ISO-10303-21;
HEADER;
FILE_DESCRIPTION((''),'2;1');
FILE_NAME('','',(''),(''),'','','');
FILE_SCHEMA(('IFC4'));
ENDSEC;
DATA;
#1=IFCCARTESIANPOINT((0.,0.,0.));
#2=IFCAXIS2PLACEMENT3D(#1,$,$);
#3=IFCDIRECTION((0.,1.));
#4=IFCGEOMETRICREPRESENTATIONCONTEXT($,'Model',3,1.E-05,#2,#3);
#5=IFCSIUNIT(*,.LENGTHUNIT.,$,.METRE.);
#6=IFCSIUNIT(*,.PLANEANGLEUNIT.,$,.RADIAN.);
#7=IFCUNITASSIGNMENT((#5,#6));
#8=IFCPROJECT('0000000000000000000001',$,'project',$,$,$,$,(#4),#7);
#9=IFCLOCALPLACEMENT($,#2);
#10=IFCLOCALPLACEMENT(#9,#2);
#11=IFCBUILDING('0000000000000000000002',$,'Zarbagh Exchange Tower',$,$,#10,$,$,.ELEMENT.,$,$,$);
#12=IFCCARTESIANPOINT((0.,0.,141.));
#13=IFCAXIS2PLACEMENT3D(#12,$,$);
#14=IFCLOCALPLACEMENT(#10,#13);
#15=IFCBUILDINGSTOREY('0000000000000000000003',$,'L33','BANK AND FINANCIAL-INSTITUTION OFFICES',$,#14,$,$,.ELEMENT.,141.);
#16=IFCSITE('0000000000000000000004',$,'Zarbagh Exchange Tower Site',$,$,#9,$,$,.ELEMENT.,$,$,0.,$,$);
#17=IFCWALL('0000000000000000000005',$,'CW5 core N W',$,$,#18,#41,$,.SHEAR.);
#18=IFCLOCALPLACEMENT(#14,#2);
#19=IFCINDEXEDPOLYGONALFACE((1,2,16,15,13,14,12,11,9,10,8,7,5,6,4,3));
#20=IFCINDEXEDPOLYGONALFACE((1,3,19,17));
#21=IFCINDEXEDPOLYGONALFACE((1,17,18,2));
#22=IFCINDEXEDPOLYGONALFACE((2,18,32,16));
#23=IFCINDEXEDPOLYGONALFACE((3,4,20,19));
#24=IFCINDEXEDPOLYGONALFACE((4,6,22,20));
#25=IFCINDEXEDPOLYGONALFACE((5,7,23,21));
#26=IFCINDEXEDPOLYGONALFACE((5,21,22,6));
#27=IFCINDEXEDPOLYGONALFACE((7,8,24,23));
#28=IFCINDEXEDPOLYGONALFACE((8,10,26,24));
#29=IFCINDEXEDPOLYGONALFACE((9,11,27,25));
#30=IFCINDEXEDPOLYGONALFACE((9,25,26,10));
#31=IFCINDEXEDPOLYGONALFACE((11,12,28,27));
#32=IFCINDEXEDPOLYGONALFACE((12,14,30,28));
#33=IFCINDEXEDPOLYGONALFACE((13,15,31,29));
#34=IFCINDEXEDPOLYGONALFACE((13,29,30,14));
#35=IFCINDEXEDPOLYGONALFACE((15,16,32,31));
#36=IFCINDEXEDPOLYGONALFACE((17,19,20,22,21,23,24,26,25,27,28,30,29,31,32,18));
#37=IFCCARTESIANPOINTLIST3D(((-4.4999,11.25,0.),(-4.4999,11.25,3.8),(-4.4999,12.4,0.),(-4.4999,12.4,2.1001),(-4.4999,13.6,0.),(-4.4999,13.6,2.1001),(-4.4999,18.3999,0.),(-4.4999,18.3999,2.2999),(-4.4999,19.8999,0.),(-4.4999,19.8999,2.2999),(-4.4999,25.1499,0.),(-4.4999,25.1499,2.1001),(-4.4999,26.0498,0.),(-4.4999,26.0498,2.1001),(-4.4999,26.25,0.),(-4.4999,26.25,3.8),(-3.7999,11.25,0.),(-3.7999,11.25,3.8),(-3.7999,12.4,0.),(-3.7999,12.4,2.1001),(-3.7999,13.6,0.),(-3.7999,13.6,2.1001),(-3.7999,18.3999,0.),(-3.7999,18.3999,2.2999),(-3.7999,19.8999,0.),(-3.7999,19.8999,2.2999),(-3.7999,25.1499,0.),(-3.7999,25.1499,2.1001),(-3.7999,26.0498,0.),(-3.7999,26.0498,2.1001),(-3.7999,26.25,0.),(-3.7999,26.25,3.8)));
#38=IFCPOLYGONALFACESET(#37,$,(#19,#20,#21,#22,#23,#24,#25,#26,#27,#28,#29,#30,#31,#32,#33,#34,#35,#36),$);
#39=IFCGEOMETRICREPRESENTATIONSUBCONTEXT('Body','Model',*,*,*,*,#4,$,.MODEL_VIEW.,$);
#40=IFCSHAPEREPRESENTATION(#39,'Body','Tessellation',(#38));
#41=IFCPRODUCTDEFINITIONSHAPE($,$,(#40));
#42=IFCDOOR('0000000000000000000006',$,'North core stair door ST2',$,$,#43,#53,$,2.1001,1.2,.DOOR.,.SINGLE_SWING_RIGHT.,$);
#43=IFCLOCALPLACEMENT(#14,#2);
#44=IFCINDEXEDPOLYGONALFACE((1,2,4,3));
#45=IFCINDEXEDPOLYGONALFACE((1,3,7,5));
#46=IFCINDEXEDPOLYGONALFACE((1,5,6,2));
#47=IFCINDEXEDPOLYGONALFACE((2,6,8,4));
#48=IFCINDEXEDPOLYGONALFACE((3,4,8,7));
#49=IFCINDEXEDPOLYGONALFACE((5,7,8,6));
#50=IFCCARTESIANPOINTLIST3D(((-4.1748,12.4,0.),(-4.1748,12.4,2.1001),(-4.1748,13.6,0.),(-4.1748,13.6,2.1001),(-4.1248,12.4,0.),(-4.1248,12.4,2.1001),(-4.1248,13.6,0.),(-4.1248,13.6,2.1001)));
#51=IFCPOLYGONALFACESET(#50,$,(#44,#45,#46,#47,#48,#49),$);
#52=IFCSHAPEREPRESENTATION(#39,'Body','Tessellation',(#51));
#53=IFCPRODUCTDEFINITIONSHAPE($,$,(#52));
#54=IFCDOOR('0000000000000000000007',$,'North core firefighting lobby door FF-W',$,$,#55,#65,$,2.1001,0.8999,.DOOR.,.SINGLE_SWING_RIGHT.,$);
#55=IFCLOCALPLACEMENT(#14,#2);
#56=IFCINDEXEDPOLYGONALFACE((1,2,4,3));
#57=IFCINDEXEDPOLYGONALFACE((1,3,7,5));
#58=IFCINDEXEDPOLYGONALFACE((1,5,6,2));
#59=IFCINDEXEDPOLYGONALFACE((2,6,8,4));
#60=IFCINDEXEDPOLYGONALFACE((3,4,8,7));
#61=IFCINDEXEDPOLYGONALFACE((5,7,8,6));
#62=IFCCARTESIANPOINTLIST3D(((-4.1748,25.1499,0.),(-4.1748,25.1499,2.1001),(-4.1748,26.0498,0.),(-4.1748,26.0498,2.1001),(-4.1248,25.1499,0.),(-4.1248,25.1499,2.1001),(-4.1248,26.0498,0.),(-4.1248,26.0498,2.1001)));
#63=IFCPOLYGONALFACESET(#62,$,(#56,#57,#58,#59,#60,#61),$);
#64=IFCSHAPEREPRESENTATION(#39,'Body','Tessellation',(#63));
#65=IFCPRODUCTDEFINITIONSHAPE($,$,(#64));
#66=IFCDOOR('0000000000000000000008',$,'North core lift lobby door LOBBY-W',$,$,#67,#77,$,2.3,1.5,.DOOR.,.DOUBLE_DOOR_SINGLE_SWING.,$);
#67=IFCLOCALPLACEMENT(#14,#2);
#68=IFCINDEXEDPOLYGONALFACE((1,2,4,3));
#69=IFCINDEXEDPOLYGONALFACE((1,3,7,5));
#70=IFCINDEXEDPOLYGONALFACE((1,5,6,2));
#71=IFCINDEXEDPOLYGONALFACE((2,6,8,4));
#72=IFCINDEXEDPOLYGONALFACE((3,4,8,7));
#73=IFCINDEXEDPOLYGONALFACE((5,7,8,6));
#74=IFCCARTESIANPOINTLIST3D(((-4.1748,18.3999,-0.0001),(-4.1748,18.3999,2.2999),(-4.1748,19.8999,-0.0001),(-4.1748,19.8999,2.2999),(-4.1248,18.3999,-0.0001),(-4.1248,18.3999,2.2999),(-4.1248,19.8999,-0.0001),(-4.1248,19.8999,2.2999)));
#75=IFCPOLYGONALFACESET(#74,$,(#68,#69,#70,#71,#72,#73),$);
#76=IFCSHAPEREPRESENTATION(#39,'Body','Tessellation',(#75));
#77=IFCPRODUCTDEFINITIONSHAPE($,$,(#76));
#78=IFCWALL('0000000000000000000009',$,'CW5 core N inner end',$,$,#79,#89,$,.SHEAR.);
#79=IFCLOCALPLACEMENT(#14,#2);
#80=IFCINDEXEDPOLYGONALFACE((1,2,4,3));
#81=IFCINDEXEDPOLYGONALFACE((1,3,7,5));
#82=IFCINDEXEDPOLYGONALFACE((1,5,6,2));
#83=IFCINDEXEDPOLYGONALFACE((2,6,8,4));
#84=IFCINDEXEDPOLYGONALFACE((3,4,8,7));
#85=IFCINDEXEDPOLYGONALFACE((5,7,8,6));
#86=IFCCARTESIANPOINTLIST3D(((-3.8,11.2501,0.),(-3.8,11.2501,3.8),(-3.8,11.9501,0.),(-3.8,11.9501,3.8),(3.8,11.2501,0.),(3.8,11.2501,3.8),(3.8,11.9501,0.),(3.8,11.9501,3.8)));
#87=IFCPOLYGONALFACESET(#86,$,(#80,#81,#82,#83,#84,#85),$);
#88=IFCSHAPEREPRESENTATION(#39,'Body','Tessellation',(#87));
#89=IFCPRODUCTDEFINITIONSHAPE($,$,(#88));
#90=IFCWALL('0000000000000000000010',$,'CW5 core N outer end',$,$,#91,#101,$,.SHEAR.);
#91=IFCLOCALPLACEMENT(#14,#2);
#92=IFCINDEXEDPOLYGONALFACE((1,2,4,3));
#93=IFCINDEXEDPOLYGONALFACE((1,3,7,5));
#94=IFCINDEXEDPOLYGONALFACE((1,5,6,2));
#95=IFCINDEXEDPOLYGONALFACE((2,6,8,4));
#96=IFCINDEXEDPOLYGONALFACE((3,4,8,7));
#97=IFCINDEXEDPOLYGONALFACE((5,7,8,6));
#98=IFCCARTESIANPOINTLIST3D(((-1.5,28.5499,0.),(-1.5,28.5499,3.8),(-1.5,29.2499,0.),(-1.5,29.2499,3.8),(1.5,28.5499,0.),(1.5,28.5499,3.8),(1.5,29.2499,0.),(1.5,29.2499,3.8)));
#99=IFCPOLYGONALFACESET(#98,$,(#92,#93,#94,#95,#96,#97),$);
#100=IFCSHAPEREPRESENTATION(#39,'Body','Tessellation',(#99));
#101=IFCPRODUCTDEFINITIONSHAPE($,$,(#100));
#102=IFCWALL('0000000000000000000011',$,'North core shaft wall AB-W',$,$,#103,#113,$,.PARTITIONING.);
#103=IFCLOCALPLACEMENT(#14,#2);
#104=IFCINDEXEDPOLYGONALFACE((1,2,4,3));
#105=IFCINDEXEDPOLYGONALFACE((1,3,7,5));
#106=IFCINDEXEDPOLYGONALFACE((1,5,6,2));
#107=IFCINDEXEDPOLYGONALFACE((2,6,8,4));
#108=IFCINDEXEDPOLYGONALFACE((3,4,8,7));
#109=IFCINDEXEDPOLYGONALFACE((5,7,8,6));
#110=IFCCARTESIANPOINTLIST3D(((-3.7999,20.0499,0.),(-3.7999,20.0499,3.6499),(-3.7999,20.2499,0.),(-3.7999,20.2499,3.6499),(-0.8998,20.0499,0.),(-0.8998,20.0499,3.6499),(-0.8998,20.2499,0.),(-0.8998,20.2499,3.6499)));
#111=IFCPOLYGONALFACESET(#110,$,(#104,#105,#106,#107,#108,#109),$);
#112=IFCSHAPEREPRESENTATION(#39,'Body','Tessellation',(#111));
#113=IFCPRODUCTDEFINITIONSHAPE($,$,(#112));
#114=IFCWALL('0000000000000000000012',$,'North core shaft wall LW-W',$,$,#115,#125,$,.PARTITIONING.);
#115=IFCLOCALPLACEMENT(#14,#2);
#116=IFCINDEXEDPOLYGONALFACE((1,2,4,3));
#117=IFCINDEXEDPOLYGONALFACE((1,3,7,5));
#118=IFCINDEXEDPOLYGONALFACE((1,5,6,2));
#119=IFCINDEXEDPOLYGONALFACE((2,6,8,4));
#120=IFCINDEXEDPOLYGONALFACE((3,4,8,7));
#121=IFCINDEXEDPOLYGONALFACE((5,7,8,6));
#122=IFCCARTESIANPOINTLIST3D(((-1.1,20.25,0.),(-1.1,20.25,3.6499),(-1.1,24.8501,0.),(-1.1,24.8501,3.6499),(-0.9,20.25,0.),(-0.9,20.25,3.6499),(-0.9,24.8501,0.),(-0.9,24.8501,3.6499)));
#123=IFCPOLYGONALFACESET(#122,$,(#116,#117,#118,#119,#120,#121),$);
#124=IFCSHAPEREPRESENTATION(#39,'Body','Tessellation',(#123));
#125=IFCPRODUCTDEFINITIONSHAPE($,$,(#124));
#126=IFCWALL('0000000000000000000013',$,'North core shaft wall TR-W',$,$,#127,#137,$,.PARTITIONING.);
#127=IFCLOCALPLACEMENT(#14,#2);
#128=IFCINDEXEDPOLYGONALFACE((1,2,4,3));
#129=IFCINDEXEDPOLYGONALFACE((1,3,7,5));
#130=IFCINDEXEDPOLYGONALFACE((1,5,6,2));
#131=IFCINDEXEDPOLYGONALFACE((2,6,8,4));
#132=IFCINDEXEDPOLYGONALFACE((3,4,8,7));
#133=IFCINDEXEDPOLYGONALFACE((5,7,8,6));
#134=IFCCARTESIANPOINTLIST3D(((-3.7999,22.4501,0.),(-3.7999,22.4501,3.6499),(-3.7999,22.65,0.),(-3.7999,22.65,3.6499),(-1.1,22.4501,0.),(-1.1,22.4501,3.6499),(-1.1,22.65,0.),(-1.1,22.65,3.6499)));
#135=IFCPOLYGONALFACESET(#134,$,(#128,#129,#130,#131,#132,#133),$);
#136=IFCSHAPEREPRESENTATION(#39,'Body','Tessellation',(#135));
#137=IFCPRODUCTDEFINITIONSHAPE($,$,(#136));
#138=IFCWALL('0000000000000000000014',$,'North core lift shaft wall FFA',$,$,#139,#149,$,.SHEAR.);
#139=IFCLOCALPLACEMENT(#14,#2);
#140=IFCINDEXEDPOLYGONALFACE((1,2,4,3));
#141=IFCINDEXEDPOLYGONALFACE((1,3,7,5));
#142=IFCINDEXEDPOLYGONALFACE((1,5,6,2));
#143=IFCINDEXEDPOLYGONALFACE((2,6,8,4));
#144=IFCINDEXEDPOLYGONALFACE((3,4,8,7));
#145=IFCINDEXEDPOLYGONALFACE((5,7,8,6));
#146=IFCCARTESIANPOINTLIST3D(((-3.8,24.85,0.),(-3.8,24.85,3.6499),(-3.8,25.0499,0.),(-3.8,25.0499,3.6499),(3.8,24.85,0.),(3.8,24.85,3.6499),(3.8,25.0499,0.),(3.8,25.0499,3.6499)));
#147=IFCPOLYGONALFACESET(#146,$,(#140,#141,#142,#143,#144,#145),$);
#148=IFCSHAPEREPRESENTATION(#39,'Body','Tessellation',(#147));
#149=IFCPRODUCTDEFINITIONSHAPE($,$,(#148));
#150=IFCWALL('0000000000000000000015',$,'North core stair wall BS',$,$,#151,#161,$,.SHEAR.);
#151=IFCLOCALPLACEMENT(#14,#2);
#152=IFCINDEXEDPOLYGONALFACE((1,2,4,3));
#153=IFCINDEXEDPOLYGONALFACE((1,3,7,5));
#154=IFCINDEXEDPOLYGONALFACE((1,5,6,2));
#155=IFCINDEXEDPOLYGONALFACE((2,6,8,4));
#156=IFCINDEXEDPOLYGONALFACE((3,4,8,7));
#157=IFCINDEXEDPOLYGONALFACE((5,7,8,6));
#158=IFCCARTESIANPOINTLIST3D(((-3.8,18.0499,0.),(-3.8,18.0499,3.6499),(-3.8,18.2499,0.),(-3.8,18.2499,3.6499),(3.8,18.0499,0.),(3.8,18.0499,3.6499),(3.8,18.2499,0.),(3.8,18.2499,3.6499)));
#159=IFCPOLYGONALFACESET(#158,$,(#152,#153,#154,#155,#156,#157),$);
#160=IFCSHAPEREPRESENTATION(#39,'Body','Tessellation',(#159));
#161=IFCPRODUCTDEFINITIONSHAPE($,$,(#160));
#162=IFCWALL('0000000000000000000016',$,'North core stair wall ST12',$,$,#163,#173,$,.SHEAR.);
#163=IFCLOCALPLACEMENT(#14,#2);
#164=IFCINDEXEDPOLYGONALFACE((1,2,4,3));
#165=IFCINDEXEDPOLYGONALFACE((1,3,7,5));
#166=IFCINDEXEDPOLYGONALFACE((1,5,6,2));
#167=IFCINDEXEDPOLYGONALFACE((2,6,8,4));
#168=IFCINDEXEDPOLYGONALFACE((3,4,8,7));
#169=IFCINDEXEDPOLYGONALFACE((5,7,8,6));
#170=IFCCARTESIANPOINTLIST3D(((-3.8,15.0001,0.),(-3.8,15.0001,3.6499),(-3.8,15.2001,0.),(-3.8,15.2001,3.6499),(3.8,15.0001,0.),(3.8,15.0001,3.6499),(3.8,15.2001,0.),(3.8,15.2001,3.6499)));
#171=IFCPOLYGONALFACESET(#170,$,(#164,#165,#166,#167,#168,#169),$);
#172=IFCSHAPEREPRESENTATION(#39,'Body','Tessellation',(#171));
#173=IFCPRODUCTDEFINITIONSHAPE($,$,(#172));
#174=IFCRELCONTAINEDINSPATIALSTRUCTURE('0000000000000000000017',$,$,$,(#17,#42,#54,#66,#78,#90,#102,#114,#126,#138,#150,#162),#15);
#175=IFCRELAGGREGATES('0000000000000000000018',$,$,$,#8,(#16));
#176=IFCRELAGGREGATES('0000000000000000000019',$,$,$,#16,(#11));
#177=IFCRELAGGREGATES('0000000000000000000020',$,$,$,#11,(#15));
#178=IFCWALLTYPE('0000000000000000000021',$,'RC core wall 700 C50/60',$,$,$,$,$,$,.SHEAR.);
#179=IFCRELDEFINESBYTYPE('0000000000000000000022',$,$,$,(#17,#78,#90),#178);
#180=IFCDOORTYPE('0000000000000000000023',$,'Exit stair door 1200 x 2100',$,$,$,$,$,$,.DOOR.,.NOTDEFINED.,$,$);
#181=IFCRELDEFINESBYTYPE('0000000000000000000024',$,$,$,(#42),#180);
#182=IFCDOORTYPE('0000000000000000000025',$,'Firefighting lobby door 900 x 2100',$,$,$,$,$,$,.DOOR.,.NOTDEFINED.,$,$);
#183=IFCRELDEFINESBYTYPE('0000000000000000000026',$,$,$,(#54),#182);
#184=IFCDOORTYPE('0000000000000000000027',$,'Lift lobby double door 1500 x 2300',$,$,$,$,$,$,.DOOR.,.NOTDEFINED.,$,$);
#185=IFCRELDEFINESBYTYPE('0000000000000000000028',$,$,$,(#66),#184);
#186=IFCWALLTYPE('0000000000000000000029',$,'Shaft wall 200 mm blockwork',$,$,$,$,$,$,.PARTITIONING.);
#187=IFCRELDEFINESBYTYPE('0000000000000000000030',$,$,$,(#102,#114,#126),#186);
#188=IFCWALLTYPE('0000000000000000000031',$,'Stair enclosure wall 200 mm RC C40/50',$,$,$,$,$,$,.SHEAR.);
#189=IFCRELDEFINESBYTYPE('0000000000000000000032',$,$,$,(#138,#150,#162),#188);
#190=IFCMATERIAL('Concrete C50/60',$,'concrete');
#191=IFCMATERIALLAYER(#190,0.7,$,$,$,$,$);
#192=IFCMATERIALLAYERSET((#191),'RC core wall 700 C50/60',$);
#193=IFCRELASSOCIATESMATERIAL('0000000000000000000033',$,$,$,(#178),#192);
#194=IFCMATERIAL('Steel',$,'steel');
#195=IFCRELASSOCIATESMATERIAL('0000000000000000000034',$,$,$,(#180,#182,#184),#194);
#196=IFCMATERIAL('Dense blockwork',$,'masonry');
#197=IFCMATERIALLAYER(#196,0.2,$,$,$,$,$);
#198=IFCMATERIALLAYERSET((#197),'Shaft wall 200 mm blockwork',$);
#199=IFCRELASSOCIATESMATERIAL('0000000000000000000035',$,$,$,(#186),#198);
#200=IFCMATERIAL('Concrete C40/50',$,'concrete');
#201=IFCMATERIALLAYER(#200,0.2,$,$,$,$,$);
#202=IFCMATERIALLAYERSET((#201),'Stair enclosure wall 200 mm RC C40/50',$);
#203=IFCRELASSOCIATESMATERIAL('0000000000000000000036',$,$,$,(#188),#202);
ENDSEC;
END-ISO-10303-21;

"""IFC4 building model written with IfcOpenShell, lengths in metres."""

from ifc_helpers import new_model, si_unit, direction, frame, frame_2d, origin, place, context, subcontext, project, spatial, rectangle, extrude, material, layer, layer_set, type_object, element, fill, save


model = new_model("IFC4")

# Units and contexts
model_context = context("Model", 3, precision=1e-05, world=origin(), true_north=direction((0.0, 1.0)))
body_context = subcontext(model_context, "Body", "Model", "MODEL_VIEW")
ifc_project = project(units=[si_unit("LENGTHUNIT", "METRE"), si_unit("PLANEANGLEUNIT", "RADIAN")], contexts=[model_context])

# Site, building, storey
site_placement = place(None, origin())
site = spatial("IfcSite", under=ifc_project, at=site_placement, Name="Zarbagh Exchange Tower Site", CompositionType="ELEMENT", RefElevation=0.0)
building_placement = place(site_placement, origin())
building = spatial("IfcBuilding", under=site, at=building_placement, Name="Zarbagh Exchange Tower", CompositionType="ELEMENT")
storey_placement = place(building_placement, frame((0.0, 0.0, 141.0)))
storey = spatial("IfcBuildingStorey", under=building, at=storey_placement, Name="L33", Description="BANK AND FINANCIAL-INSTITUTION OFFICES", CompositionType="ELEMENT", Elevation=141.0)

# Shared definitions
ifc_material_1 = material(Name="Concrete C50/60", Category="concrete")

# Wall, openings, doors
ifc_layer_1 = layer(ifc_material_1, 0.7)
ifc_layer_set_1 = layer_set([ifc_layer_1], Name="RC core wall 700 C50/60")
wall_type_1 = type_object("IfcWallType", Name="RC core wall 700 C50/60", PredefinedType="SHEAR", material=ifc_layer_set_1)
wall_1_placement = place(storey_placement, frame((-4.1499, 11.25, 0.0), z_axis=(0.0, 0.0, 1.0), x_axis=(0.0, 1.0, 0.0)))
wall_1 = element("IfcWall", 1, at=wall_1_placement, inside=storey, type_object=wall_type_1, Name="CW5 core N W", PredefinedType="SHEAR", context=body_context, shape_type="SweptSolid", body=[
    extrude(rectangle(XDim=15.0, YDim=0.7, at=frame_2d((7.5, 0.0))), origin(), (0.0, 0.0, 1.0), 3.8),
])
opening_1_placement = place(wall_1_placement, frame((7.1499, 0.0, 0.0)))
opening_1 = element("IfcOpeningElement", 2, at=opening_1_placement, cuts=wall_1, PredefinedType="OPENING", context=body_context, shape_type="SweptSolid", body=[
    extrude(rectangle(XDim=1.5, YDim=2.3, at=frame_2d((0.75, 1.1499))), frame((0.0, 0.3599, 0.0), z_axis=(0.0, -1.0, 0.0), x_axis=(1.0, 0.0, 0.0)), (0.0, 0.0, 1.0), 0.72),
])
opening_2_placement = place(wall_1_placement, frame((13.8999, 0.0, 0.0)))
opening_2 = element("IfcOpeningElement", 3, at=opening_2_placement, cuts=wall_1, PredefinedType="OPENING", context=body_context, shape_type="SweptSolid", body=[
    extrude(rectangle(XDim=0.8999, YDim=2.1001, at=frame_2d((0.45, 1.05))), frame((0.0, 0.3599, 0.0), z_axis=(0.0, -1.0, 0.0), x_axis=(1.0, 0.0, 0.0)), (0.0, 0.0, 1.0), 0.72),
])
opening_3_placement = place(wall_1_placement, frame((1.1499, 0.0, 0.0)))
opening_3 = element("IfcOpeningElement", 4, at=opening_3_placement, cuts=wall_1, PredefinedType="OPENING", context=body_context, shape_type="SweptSolid", body=[
    extrude(rectangle(XDim=1.2, YDim=2.1001, at=frame_2d((0.6001, 1.05))), frame((0.0, 0.3599, 0.0), z_axis=(0.0, -1.0, 0.0), x_axis=(1.0, 0.0, 0.0)), (0.0, 0.0, 1.0), 0.72),
])
ifc_material_2 = material(Name="Steel", Category="steel")
door_type_1 = type_object("IfcDoorType", Name="Exit stair door 1200 x 2100", OperationType="NOTDEFINED", PredefinedType="DOOR", material=ifc_material_2)
door_1_placement = place(opening_3_placement, origin())
door_1 = element("IfcDoor", 5, at=door_1_placement, inside=storey, type_object=door_type_1, Name="North core stair door ST2", OperationType="SINGLE_SWING_RIGHT", OverallHeight=2.1001, OverallWidth=1.2, PredefinedType="DOOR", context=body_context, shape_type="SweptSolid", body=[
    extrude(rectangle(XDim=1.2, YDim=2.1001, at=frame_2d((0.6001, 1.05))), frame((0.0, 0.0249, 0.0), z_axis=(0.0, -1.0, 0.0), x_axis=(1.0, 0.0, 0.0)), (0.0, 0.0, 1.0), 0.05),
])
fill(opening_3, door_1)
door_type_2 = type_object("IfcDoorType", Name="Firefighting lobby door 900 x 2100", OperationType="NOTDEFINED", PredefinedType="DOOR", material=ifc_material_2)
door_2_placement = place(opening_2_placement, origin())
door_2 = element("IfcDoor", 6, at=door_2_placement, inside=storey, type_object=door_type_2, Name="North core firefighting lobby door FF-W", OperationType="SINGLE_SWING_RIGHT", OverallHeight=2.1001, OverallWidth=0.8999, PredefinedType="DOOR", context=body_context, shape_type="SweptSolid", body=[
    extrude(rectangle(XDim=0.8999, YDim=2.1001, at=frame_2d((0.45, 1.05))), frame((0.0, 0.0249, 0.0), z_axis=(0.0, -1.0, 0.0), x_axis=(1.0, 0.0, 0.0)), (0.0, 0.0, 1.0), 0.05),
])
fill(opening_2, door_2)
door_type_3 = type_object("IfcDoorType", Name="Lift lobby double door 1500 x 2300", OperationType="NOTDEFINED", PredefinedType="DOOR", material=ifc_material_2)
door_3_placement = place(opening_1_placement, origin())
door_3 = element("IfcDoor", 7, at=door_3_placement, inside=storey, type_object=door_type_3, Name="North core lift lobby door LOBBY-W", OperationType="DOUBLE_DOOR_SINGLE_SWING", OverallHeight=2.3, OverallWidth=1.5, PredefinedType="DOOR", context=body_context, shape_type="SweptSolid", body=[
    extrude(rectangle(XDim=1.5, YDim=2.3, at=frame_2d((0.75, 1.1499))), frame((0.0, 0.0249, 0.0), z_axis=(0.0, -1.0, 0.0), x_axis=(1.0, 0.0, 0.0)), (0.0, 0.0, 1.0), 0.05),
])
fill(opening_1, door_3)

# Walls
wall_2_placement = place(storey_placement, frame((-3.8, 11.6001, 0.0), z_axis=(0.0, 0.0, 1.0), x_axis=(1.0, 0.0, 0.0)))
element("IfcWall", 8, at=wall_2_placement, inside=storey, type_object=wall_type_1, Name="CW5 core N inner end", PredefinedType="SHEAR", context=body_context, shape_type="SweptSolid", body=[
    extrude(rectangle(XDim=7.6001, YDim=0.7, at=frame_2d((3.8, 0.0))), origin(), (0.0, 0.0, 1.0), 3.8),
])
wall_3_placement = place(storey_placement, frame((-1.5, 28.8999, 0.0), z_axis=(0.0, 0.0, 1.0), x_axis=(1.0, 0.0, 0.0)))
element("IfcWall", 9, at=wall_3_placement, inside=storey, type_object=wall_type_1, Name="CW5 core N outer end", PredefinedType="SHEAR", context=body_context, shape_type="SweptSolid", body=[
    extrude(rectangle(XDim=3.0, YDim=0.7, at=frame_2d((1.5, 0.0))), origin(), (0.0, 0.0, 1.0), 3.8),
])
ifc_material_3 = material(Name="Dense blockwork", Category="masonry")
ifc_layer_2 = layer(ifc_material_3, 0.2)
ifc_layer_set_2 = layer_set([ifc_layer_2], Name="Shaft wall 200 mm blockwork")
wall_type_2 = type_object("IfcWallType", Name="Shaft wall 200 mm blockwork", PredefinedType="PARTITIONING", material=ifc_layer_set_2)
wall_4_placement = place(storey_placement, frame((-3.8, 20.1499, 0.0), z_axis=(0.0, 0.0, 1.0), x_axis=(1.0, 0.0, 0.0)))
element("IfcWall", 10, at=wall_4_placement, inside=storey, type_object=wall_type_2, Name="North core shaft wall AB-W", PredefinedType="PARTITIONING", context=body_context, shape_type="SweptSolid", body=[
    extrude(rectangle(XDim=2.9001, YDim=0.2, at=frame_2d((1.4502, 0.0))), origin(), (0.0, 0.0, 1.0), 3.6499),
])
wall_5_placement = place(storey_placement, frame((-1.0, 24.8501, 0.0), z_axis=(0.0, 0.0, 1.0), x_axis=(0.0, -1.0, 0.0)))
element("IfcWall", 11, at=wall_5_placement, inside=storey, type_object=wall_type_2, Name="North core shaft wall LW-W", PredefinedType="PARTITIONING", context=body_context, shape_type="SweptSolid", body=[
    extrude(rectangle(XDim=4.6001, YDim=0.2, at=frame_2d((2.3, 0.0))), origin(), (0.0, 0.0, 1.0), 3.6499),
])
wall_6_placement = place(storey_placement, frame((-3.8, 22.55, 0.0), z_axis=(0.0, 0.0, 1.0), x_axis=(1.0, 0.0, 0.0)))
element("IfcWall", 12, at=wall_6_placement, inside=storey, type_object=wall_type_2, Name="North core shaft wall TR-W", PredefinedType="PARTITIONING", context=body_context, shape_type="SweptSolid", body=[
    extrude(rectangle(XDim=2.7, YDim=0.2, at=frame_2d((1.3501, 0.0))), origin(), (0.0, 0.0, 1.0), 3.6499),
])
ifc_material_4 = material(Name="Concrete C40/50", Category="concrete")
ifc_layer_3 = layer(ifc_material_4, 0.2)
ifc_layer_set_3 = layer_set([ifc_layer_3], Name="Stair enclosure wall 200 mm RC C40/50")
wall_type_3 = type_object("IfcWallType", Name="Stair enclosure wall 200 mm RC C40/50", PredefinedType="SHEAR", material=ifc_layer_set_3)
for number, where, z_axis, x_axis, name in (
    (13, (-3.8, 24.95, 0.0), (0.0, 0.0, 1.0), (1.0, 0.0, 0.0), "North core lift shaft wall FFA"),
    (14, (-3.8, 18.1499, 0.0), (0.0, 0.0, 1.0), (1.0, 0.0, 0.0), "North core stair wall BS"),
    (15, (-3.8, 15.1001, 0.0), (0.0, 0.0, 1.0), (1.0, 0.0, 0.0), "North core stair wall ST12"),
):
    element("IfcWall", number, at=place(storey_placement, frame(where, z_axis=z_axis, x_axis=x_axis)), inside=storey, type_object=wall_type_3, Name=name, PredefinedType="SHEAR", context=body_context, shape_type="SweptSolid", body=[
        extrude(rectangle(XDim=7.6001, YDim=0.2, at=frame_2d((3.8, 0.0))), origin(), (0.0, 0.0, 1.0), 3.6499),
    ])

save(model, "model.ifc")
